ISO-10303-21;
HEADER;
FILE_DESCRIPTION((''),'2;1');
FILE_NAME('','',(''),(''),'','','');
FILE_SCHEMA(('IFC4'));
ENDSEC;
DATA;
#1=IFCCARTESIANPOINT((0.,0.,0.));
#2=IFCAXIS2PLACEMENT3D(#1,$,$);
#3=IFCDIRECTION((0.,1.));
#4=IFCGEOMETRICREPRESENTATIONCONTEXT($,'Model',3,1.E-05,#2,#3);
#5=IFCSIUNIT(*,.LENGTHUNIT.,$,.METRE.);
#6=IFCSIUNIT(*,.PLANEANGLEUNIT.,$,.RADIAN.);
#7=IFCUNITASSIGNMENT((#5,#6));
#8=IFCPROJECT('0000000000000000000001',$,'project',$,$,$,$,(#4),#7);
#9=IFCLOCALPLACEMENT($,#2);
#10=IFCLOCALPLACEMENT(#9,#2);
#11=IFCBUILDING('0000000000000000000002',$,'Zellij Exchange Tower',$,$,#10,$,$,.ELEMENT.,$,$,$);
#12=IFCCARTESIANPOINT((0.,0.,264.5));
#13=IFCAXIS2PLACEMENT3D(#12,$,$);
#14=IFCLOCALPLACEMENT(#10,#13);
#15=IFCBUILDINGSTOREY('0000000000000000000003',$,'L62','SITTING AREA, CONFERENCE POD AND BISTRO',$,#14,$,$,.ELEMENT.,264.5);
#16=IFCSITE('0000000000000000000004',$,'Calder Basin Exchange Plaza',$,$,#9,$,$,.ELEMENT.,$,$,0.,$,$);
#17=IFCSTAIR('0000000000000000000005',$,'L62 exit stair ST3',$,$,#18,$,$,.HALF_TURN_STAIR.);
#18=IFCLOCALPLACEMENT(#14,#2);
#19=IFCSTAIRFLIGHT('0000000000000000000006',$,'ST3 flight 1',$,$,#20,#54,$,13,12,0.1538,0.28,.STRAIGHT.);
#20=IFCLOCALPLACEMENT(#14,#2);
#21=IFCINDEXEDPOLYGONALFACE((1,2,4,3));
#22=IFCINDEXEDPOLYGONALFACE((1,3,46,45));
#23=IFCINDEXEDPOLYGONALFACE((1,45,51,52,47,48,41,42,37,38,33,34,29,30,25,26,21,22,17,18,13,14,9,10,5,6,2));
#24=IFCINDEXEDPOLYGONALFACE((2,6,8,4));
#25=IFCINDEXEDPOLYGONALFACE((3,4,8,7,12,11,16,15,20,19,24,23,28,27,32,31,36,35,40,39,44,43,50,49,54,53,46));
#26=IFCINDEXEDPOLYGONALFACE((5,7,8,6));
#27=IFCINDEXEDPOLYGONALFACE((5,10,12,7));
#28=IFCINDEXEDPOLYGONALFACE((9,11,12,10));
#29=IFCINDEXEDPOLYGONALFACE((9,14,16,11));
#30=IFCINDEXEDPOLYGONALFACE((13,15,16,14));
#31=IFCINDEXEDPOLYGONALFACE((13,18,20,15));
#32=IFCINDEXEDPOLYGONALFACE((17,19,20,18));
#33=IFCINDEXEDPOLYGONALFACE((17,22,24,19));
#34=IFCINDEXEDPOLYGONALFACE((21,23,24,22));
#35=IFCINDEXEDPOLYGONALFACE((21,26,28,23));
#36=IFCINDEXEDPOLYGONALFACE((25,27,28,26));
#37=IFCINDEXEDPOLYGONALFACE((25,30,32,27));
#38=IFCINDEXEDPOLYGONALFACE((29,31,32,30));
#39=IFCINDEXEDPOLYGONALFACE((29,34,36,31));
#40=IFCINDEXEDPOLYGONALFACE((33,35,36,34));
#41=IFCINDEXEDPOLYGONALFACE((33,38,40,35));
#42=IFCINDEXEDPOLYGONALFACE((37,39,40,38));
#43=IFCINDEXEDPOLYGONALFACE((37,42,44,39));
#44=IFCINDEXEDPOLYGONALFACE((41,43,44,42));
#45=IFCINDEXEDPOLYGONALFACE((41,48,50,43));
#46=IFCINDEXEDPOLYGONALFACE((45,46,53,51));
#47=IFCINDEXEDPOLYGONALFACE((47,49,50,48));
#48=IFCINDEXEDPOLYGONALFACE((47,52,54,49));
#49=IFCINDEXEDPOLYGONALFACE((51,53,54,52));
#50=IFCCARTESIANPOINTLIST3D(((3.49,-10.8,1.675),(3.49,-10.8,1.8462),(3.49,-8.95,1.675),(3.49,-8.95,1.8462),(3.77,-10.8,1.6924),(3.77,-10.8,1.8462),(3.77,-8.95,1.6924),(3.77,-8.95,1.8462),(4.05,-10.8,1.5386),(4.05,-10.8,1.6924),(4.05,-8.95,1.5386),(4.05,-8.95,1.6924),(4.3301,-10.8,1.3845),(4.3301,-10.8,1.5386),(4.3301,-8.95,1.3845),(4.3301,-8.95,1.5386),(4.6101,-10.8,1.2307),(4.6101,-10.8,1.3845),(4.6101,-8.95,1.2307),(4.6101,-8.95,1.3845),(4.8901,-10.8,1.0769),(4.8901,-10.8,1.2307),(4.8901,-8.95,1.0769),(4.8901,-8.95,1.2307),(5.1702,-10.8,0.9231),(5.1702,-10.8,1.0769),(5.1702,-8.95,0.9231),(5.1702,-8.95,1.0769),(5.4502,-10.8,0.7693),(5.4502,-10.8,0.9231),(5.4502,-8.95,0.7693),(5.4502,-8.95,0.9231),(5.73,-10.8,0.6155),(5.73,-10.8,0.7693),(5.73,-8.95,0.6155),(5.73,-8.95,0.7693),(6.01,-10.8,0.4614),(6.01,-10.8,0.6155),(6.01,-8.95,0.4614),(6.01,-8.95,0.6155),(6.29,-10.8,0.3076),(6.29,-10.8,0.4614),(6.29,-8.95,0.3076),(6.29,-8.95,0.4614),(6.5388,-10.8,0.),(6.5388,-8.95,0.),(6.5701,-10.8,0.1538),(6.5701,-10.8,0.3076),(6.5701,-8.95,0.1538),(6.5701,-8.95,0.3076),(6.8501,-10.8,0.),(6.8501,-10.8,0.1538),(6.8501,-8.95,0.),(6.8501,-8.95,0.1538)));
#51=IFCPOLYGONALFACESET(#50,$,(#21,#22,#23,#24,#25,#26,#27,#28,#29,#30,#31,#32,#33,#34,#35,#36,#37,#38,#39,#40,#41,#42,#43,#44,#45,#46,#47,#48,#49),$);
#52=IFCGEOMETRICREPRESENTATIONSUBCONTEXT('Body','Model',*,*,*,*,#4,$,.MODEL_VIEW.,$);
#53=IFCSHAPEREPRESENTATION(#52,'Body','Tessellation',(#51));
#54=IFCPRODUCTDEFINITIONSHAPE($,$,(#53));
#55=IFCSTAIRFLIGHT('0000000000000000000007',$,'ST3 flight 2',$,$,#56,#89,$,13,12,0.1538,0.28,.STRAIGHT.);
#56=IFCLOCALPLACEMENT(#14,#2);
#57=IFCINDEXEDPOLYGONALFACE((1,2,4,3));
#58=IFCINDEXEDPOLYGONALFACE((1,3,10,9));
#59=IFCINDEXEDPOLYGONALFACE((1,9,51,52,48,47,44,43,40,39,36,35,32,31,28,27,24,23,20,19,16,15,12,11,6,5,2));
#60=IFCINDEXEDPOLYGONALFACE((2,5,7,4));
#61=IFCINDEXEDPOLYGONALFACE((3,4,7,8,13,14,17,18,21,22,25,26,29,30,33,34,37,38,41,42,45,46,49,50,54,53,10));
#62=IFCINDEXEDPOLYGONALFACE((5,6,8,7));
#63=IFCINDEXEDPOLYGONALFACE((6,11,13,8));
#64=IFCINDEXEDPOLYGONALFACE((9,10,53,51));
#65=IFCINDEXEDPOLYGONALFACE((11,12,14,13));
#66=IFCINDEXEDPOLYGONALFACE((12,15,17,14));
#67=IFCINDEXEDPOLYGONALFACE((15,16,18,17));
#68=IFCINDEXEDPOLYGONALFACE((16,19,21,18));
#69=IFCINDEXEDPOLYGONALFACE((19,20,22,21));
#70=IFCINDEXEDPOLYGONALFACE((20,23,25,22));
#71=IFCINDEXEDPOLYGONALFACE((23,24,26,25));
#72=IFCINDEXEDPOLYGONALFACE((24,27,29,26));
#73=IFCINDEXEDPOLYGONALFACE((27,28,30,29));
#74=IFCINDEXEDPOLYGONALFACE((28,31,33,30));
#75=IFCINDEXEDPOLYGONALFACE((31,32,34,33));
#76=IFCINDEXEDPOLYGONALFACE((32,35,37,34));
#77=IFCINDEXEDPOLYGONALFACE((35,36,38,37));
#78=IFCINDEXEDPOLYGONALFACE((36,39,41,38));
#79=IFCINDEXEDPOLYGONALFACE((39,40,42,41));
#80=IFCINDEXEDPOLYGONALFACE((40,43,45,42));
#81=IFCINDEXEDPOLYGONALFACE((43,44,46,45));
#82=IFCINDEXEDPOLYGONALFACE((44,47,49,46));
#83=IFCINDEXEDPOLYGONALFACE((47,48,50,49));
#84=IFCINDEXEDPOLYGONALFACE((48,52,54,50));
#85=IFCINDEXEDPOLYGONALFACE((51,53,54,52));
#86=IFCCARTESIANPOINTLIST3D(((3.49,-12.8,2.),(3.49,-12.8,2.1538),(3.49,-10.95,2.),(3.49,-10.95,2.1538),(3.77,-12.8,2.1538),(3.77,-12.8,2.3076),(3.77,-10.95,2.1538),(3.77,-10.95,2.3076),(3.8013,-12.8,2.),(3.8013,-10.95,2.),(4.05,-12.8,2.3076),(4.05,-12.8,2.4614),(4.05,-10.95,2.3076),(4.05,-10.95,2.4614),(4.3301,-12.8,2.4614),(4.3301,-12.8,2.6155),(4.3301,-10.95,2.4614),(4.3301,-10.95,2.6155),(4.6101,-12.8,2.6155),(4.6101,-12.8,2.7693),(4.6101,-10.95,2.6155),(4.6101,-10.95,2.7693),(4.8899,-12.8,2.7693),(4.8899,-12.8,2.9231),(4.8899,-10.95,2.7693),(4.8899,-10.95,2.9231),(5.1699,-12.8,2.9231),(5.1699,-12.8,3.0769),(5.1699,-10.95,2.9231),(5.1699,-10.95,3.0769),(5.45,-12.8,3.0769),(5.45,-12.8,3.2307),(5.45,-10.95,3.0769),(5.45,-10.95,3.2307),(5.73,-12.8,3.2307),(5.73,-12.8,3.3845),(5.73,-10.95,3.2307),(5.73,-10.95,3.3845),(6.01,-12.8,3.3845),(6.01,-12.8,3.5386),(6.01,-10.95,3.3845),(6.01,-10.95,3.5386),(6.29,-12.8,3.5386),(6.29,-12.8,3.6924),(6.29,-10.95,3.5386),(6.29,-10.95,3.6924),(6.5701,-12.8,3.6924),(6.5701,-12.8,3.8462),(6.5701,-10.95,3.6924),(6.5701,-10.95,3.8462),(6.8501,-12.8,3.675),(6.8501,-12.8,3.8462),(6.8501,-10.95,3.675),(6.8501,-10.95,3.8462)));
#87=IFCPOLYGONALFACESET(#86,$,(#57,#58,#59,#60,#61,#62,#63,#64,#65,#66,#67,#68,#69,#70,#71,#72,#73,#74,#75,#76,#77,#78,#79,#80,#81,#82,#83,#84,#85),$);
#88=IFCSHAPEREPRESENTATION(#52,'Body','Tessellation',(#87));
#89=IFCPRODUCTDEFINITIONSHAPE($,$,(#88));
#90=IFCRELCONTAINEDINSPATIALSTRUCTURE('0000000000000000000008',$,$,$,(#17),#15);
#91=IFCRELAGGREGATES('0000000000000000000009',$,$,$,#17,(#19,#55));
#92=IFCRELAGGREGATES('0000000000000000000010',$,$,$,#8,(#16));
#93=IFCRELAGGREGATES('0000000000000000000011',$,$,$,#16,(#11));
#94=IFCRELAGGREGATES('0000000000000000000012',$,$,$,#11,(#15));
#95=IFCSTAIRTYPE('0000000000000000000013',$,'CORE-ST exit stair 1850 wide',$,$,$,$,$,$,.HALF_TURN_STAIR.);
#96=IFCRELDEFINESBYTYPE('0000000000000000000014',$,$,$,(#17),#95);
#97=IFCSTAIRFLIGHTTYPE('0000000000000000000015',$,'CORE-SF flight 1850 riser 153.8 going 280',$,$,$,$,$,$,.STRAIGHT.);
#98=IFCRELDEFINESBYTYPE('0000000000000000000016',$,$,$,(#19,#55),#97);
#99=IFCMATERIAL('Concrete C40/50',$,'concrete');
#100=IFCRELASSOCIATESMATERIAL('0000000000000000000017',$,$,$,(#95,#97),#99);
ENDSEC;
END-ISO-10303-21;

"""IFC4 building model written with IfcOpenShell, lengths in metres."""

from ifc_helpers import new_model, si_unit, direction, frame, origin, place, context, subcontext, project, spatial, polyline, outline, extrude, material, type_object, element, aggregate, save


model = new_model("IFC4")

# Units and contexts
model_context = context("Model", 3, precision=1e-05, world=origin(), true_north=direction((0.0, 1.0)))
body_context = subcontext(model_context, "Body", "Model", "MODEL_VIEW")
ifc_project = project(units=[si_unit("LENGTHUNIT", "METRE"), si_unit("PLANEANGLEUNIT", "RADIAN")], contexts=[model_context])

# Site, building, storey
site_placement = place(None, origin())
site = spatial("IfcSite", under=ifc_project, at=site_placement, Name="Calder Basin Exchange Plaza", CompositionType="ELEMENT", RefElevation=0.0)
building_placement = place(site_placement, origin())
building = spatial("IfcBuilding", under=site, at=building_placement, Name="Zellij Exchange Tower", CompositionType="ELEMENT")
storey_placement = place(building_placement, frame((0.0, 0.0, 264.5)))
storey = spatial("IfcBuildingStorey", under=building, at=storey_placement, Name="L62", Description="SITTING AREA, CONFERENCE POD AND BISTRO", CompositionType="ELEMENT", Elevation=264.5)

# Stair, stair flights
ifc_material_1 = material(Name="Concrete C40/50", Category="concrete")
stair_type = type_object("IfcStairType", Name="CORE-ST exit stair 1850 wide", PredefinedType="HALF_TURN_STAIR", material=ifc_material_1)
stair_placement = place(storey_placement, origin())
stair = element("IfcStair", 1, at=stair_placement, inside=storey, type_object=stair_type, Name="L62 exit stair ST3", PredefinedType="HALF_TURN_STAIR")
stair_flight_type = type_object("IfcStairFlightType", Name="CORE-SF flight 1850 riser 153.8 going 280", PredefinedType="STRAIGHT", material=ifc_material_1)
stair_flight_1_placement = place(storey_placement, frame((6.8501, -9.875, 0.0), z_axis=(0.0, 0.0, 1.0), x_axis=(-1.0, 0.0, 0.0)))
stair_flight_1 = element("IfcStairFlight", 2, at=stair_flight_1_placement, type_object=stair_flight_type, Name="ST3 flight 1", NumberOfRisers=13, NumberOfTreads=12, PredefinedType="STRAIGHT", RiserHeight=0.1538, TreadLength=0.28, context=body_context, shape_type="SweptSolid", body=[
    extrude(outline(polyline([(0.0, 0.0), (0.0, 0.1538), (0.28, 0.1538), (0.28, 0.3076), (0.5601, 0.3076), (0.5601, 0.4614), (0.8401, 0.4614), (0.8401, 0.6155), (1.1201, 0.6155), (1.1201, 0.7693), (1.3999, 0.7693), (1.3999, 0.9231), (1.6799, 0.9231), (1.6799, 1.0769), (1.96, 1.0769), (1.96, 1.2307), (2.24, 1.2307), (2.24, 1.3845), (2.52, 1.3845), (2.52, 1.5386), (2.8, 1.5386), (2.8, 1.6924), (3.0801, 1.6924), (3.0801, 1.8462), (3.3601, 1.8462), (3.3601, 2.0), (3.3601, 1.675), (0.3113, 0.0), (0.0, 0.0)])), frame((0.0, 0.925, 0.0), z_axis=(0.0, -1.0, 0.0), x_axis=(1.0, 0.0, 0.0)), (0.0, 0.0, 1.0), 1.8501),
])
stair_flight_2_placement = place(storey_placement, frame((3.49, -11.875, 2.0), z_axis=(0.0, 0.0, 1.0), x_axis=(1.0, 0.0, 0.0)))
stair_flight_2 = element("IfcStairFlight", 3, at=stair_flight_2_placement, type_object=stair_flight_type, Name="ST3 flight 2", NumberOfRisers=13, NumberOfTreads=12, PredefinedType="STRAIGHT", RiserHeight=0.1538, TreadLength=0.28, context=body_context, shape_type="SweptSolid", body=[
    extrude(outline(polyline([(0.0, 0.0), (0.0, 0.1538), (0.28, 0.1538), (0.28, 0.3076), (0.5601, 0.3076), (0.5601, 0.4614), (0.8401, 0.4614), (0.8401, 0.6155), (1.1201, 0.6155), (1.1201, 0.7693), (1.3999, 0.7693), (1.3999, 0.9231), (1.6799, 0.9231), (1.6799, 1.0769), (1.96, 1.0769), (1.96, 1.2307), (2.24, 1.2307), (2.24, 1.3845), (2.52, 1.3845), (2.52, 1.5386), (2.8, 1.5386), (2.8, 1.6924), (3.0801, 1.6924), (3.0801, 1.8462), (3.3601, 1.8462), (3.3601, 2.0), (3.3601, 1.675), (0.3113, 0.0), (0.0, 0.0)])), frame((0.0, 0.925, 0.0), z_axis=(0.0, -1.0, 0.0), x_axis=(1.0, 0.0, 0.0)), (0.0, 0.0, 1.0), 1.8501),
])
aggregate(stair, [stair_flight_1, stair_flight_2])

save(model, "model.ifc")
